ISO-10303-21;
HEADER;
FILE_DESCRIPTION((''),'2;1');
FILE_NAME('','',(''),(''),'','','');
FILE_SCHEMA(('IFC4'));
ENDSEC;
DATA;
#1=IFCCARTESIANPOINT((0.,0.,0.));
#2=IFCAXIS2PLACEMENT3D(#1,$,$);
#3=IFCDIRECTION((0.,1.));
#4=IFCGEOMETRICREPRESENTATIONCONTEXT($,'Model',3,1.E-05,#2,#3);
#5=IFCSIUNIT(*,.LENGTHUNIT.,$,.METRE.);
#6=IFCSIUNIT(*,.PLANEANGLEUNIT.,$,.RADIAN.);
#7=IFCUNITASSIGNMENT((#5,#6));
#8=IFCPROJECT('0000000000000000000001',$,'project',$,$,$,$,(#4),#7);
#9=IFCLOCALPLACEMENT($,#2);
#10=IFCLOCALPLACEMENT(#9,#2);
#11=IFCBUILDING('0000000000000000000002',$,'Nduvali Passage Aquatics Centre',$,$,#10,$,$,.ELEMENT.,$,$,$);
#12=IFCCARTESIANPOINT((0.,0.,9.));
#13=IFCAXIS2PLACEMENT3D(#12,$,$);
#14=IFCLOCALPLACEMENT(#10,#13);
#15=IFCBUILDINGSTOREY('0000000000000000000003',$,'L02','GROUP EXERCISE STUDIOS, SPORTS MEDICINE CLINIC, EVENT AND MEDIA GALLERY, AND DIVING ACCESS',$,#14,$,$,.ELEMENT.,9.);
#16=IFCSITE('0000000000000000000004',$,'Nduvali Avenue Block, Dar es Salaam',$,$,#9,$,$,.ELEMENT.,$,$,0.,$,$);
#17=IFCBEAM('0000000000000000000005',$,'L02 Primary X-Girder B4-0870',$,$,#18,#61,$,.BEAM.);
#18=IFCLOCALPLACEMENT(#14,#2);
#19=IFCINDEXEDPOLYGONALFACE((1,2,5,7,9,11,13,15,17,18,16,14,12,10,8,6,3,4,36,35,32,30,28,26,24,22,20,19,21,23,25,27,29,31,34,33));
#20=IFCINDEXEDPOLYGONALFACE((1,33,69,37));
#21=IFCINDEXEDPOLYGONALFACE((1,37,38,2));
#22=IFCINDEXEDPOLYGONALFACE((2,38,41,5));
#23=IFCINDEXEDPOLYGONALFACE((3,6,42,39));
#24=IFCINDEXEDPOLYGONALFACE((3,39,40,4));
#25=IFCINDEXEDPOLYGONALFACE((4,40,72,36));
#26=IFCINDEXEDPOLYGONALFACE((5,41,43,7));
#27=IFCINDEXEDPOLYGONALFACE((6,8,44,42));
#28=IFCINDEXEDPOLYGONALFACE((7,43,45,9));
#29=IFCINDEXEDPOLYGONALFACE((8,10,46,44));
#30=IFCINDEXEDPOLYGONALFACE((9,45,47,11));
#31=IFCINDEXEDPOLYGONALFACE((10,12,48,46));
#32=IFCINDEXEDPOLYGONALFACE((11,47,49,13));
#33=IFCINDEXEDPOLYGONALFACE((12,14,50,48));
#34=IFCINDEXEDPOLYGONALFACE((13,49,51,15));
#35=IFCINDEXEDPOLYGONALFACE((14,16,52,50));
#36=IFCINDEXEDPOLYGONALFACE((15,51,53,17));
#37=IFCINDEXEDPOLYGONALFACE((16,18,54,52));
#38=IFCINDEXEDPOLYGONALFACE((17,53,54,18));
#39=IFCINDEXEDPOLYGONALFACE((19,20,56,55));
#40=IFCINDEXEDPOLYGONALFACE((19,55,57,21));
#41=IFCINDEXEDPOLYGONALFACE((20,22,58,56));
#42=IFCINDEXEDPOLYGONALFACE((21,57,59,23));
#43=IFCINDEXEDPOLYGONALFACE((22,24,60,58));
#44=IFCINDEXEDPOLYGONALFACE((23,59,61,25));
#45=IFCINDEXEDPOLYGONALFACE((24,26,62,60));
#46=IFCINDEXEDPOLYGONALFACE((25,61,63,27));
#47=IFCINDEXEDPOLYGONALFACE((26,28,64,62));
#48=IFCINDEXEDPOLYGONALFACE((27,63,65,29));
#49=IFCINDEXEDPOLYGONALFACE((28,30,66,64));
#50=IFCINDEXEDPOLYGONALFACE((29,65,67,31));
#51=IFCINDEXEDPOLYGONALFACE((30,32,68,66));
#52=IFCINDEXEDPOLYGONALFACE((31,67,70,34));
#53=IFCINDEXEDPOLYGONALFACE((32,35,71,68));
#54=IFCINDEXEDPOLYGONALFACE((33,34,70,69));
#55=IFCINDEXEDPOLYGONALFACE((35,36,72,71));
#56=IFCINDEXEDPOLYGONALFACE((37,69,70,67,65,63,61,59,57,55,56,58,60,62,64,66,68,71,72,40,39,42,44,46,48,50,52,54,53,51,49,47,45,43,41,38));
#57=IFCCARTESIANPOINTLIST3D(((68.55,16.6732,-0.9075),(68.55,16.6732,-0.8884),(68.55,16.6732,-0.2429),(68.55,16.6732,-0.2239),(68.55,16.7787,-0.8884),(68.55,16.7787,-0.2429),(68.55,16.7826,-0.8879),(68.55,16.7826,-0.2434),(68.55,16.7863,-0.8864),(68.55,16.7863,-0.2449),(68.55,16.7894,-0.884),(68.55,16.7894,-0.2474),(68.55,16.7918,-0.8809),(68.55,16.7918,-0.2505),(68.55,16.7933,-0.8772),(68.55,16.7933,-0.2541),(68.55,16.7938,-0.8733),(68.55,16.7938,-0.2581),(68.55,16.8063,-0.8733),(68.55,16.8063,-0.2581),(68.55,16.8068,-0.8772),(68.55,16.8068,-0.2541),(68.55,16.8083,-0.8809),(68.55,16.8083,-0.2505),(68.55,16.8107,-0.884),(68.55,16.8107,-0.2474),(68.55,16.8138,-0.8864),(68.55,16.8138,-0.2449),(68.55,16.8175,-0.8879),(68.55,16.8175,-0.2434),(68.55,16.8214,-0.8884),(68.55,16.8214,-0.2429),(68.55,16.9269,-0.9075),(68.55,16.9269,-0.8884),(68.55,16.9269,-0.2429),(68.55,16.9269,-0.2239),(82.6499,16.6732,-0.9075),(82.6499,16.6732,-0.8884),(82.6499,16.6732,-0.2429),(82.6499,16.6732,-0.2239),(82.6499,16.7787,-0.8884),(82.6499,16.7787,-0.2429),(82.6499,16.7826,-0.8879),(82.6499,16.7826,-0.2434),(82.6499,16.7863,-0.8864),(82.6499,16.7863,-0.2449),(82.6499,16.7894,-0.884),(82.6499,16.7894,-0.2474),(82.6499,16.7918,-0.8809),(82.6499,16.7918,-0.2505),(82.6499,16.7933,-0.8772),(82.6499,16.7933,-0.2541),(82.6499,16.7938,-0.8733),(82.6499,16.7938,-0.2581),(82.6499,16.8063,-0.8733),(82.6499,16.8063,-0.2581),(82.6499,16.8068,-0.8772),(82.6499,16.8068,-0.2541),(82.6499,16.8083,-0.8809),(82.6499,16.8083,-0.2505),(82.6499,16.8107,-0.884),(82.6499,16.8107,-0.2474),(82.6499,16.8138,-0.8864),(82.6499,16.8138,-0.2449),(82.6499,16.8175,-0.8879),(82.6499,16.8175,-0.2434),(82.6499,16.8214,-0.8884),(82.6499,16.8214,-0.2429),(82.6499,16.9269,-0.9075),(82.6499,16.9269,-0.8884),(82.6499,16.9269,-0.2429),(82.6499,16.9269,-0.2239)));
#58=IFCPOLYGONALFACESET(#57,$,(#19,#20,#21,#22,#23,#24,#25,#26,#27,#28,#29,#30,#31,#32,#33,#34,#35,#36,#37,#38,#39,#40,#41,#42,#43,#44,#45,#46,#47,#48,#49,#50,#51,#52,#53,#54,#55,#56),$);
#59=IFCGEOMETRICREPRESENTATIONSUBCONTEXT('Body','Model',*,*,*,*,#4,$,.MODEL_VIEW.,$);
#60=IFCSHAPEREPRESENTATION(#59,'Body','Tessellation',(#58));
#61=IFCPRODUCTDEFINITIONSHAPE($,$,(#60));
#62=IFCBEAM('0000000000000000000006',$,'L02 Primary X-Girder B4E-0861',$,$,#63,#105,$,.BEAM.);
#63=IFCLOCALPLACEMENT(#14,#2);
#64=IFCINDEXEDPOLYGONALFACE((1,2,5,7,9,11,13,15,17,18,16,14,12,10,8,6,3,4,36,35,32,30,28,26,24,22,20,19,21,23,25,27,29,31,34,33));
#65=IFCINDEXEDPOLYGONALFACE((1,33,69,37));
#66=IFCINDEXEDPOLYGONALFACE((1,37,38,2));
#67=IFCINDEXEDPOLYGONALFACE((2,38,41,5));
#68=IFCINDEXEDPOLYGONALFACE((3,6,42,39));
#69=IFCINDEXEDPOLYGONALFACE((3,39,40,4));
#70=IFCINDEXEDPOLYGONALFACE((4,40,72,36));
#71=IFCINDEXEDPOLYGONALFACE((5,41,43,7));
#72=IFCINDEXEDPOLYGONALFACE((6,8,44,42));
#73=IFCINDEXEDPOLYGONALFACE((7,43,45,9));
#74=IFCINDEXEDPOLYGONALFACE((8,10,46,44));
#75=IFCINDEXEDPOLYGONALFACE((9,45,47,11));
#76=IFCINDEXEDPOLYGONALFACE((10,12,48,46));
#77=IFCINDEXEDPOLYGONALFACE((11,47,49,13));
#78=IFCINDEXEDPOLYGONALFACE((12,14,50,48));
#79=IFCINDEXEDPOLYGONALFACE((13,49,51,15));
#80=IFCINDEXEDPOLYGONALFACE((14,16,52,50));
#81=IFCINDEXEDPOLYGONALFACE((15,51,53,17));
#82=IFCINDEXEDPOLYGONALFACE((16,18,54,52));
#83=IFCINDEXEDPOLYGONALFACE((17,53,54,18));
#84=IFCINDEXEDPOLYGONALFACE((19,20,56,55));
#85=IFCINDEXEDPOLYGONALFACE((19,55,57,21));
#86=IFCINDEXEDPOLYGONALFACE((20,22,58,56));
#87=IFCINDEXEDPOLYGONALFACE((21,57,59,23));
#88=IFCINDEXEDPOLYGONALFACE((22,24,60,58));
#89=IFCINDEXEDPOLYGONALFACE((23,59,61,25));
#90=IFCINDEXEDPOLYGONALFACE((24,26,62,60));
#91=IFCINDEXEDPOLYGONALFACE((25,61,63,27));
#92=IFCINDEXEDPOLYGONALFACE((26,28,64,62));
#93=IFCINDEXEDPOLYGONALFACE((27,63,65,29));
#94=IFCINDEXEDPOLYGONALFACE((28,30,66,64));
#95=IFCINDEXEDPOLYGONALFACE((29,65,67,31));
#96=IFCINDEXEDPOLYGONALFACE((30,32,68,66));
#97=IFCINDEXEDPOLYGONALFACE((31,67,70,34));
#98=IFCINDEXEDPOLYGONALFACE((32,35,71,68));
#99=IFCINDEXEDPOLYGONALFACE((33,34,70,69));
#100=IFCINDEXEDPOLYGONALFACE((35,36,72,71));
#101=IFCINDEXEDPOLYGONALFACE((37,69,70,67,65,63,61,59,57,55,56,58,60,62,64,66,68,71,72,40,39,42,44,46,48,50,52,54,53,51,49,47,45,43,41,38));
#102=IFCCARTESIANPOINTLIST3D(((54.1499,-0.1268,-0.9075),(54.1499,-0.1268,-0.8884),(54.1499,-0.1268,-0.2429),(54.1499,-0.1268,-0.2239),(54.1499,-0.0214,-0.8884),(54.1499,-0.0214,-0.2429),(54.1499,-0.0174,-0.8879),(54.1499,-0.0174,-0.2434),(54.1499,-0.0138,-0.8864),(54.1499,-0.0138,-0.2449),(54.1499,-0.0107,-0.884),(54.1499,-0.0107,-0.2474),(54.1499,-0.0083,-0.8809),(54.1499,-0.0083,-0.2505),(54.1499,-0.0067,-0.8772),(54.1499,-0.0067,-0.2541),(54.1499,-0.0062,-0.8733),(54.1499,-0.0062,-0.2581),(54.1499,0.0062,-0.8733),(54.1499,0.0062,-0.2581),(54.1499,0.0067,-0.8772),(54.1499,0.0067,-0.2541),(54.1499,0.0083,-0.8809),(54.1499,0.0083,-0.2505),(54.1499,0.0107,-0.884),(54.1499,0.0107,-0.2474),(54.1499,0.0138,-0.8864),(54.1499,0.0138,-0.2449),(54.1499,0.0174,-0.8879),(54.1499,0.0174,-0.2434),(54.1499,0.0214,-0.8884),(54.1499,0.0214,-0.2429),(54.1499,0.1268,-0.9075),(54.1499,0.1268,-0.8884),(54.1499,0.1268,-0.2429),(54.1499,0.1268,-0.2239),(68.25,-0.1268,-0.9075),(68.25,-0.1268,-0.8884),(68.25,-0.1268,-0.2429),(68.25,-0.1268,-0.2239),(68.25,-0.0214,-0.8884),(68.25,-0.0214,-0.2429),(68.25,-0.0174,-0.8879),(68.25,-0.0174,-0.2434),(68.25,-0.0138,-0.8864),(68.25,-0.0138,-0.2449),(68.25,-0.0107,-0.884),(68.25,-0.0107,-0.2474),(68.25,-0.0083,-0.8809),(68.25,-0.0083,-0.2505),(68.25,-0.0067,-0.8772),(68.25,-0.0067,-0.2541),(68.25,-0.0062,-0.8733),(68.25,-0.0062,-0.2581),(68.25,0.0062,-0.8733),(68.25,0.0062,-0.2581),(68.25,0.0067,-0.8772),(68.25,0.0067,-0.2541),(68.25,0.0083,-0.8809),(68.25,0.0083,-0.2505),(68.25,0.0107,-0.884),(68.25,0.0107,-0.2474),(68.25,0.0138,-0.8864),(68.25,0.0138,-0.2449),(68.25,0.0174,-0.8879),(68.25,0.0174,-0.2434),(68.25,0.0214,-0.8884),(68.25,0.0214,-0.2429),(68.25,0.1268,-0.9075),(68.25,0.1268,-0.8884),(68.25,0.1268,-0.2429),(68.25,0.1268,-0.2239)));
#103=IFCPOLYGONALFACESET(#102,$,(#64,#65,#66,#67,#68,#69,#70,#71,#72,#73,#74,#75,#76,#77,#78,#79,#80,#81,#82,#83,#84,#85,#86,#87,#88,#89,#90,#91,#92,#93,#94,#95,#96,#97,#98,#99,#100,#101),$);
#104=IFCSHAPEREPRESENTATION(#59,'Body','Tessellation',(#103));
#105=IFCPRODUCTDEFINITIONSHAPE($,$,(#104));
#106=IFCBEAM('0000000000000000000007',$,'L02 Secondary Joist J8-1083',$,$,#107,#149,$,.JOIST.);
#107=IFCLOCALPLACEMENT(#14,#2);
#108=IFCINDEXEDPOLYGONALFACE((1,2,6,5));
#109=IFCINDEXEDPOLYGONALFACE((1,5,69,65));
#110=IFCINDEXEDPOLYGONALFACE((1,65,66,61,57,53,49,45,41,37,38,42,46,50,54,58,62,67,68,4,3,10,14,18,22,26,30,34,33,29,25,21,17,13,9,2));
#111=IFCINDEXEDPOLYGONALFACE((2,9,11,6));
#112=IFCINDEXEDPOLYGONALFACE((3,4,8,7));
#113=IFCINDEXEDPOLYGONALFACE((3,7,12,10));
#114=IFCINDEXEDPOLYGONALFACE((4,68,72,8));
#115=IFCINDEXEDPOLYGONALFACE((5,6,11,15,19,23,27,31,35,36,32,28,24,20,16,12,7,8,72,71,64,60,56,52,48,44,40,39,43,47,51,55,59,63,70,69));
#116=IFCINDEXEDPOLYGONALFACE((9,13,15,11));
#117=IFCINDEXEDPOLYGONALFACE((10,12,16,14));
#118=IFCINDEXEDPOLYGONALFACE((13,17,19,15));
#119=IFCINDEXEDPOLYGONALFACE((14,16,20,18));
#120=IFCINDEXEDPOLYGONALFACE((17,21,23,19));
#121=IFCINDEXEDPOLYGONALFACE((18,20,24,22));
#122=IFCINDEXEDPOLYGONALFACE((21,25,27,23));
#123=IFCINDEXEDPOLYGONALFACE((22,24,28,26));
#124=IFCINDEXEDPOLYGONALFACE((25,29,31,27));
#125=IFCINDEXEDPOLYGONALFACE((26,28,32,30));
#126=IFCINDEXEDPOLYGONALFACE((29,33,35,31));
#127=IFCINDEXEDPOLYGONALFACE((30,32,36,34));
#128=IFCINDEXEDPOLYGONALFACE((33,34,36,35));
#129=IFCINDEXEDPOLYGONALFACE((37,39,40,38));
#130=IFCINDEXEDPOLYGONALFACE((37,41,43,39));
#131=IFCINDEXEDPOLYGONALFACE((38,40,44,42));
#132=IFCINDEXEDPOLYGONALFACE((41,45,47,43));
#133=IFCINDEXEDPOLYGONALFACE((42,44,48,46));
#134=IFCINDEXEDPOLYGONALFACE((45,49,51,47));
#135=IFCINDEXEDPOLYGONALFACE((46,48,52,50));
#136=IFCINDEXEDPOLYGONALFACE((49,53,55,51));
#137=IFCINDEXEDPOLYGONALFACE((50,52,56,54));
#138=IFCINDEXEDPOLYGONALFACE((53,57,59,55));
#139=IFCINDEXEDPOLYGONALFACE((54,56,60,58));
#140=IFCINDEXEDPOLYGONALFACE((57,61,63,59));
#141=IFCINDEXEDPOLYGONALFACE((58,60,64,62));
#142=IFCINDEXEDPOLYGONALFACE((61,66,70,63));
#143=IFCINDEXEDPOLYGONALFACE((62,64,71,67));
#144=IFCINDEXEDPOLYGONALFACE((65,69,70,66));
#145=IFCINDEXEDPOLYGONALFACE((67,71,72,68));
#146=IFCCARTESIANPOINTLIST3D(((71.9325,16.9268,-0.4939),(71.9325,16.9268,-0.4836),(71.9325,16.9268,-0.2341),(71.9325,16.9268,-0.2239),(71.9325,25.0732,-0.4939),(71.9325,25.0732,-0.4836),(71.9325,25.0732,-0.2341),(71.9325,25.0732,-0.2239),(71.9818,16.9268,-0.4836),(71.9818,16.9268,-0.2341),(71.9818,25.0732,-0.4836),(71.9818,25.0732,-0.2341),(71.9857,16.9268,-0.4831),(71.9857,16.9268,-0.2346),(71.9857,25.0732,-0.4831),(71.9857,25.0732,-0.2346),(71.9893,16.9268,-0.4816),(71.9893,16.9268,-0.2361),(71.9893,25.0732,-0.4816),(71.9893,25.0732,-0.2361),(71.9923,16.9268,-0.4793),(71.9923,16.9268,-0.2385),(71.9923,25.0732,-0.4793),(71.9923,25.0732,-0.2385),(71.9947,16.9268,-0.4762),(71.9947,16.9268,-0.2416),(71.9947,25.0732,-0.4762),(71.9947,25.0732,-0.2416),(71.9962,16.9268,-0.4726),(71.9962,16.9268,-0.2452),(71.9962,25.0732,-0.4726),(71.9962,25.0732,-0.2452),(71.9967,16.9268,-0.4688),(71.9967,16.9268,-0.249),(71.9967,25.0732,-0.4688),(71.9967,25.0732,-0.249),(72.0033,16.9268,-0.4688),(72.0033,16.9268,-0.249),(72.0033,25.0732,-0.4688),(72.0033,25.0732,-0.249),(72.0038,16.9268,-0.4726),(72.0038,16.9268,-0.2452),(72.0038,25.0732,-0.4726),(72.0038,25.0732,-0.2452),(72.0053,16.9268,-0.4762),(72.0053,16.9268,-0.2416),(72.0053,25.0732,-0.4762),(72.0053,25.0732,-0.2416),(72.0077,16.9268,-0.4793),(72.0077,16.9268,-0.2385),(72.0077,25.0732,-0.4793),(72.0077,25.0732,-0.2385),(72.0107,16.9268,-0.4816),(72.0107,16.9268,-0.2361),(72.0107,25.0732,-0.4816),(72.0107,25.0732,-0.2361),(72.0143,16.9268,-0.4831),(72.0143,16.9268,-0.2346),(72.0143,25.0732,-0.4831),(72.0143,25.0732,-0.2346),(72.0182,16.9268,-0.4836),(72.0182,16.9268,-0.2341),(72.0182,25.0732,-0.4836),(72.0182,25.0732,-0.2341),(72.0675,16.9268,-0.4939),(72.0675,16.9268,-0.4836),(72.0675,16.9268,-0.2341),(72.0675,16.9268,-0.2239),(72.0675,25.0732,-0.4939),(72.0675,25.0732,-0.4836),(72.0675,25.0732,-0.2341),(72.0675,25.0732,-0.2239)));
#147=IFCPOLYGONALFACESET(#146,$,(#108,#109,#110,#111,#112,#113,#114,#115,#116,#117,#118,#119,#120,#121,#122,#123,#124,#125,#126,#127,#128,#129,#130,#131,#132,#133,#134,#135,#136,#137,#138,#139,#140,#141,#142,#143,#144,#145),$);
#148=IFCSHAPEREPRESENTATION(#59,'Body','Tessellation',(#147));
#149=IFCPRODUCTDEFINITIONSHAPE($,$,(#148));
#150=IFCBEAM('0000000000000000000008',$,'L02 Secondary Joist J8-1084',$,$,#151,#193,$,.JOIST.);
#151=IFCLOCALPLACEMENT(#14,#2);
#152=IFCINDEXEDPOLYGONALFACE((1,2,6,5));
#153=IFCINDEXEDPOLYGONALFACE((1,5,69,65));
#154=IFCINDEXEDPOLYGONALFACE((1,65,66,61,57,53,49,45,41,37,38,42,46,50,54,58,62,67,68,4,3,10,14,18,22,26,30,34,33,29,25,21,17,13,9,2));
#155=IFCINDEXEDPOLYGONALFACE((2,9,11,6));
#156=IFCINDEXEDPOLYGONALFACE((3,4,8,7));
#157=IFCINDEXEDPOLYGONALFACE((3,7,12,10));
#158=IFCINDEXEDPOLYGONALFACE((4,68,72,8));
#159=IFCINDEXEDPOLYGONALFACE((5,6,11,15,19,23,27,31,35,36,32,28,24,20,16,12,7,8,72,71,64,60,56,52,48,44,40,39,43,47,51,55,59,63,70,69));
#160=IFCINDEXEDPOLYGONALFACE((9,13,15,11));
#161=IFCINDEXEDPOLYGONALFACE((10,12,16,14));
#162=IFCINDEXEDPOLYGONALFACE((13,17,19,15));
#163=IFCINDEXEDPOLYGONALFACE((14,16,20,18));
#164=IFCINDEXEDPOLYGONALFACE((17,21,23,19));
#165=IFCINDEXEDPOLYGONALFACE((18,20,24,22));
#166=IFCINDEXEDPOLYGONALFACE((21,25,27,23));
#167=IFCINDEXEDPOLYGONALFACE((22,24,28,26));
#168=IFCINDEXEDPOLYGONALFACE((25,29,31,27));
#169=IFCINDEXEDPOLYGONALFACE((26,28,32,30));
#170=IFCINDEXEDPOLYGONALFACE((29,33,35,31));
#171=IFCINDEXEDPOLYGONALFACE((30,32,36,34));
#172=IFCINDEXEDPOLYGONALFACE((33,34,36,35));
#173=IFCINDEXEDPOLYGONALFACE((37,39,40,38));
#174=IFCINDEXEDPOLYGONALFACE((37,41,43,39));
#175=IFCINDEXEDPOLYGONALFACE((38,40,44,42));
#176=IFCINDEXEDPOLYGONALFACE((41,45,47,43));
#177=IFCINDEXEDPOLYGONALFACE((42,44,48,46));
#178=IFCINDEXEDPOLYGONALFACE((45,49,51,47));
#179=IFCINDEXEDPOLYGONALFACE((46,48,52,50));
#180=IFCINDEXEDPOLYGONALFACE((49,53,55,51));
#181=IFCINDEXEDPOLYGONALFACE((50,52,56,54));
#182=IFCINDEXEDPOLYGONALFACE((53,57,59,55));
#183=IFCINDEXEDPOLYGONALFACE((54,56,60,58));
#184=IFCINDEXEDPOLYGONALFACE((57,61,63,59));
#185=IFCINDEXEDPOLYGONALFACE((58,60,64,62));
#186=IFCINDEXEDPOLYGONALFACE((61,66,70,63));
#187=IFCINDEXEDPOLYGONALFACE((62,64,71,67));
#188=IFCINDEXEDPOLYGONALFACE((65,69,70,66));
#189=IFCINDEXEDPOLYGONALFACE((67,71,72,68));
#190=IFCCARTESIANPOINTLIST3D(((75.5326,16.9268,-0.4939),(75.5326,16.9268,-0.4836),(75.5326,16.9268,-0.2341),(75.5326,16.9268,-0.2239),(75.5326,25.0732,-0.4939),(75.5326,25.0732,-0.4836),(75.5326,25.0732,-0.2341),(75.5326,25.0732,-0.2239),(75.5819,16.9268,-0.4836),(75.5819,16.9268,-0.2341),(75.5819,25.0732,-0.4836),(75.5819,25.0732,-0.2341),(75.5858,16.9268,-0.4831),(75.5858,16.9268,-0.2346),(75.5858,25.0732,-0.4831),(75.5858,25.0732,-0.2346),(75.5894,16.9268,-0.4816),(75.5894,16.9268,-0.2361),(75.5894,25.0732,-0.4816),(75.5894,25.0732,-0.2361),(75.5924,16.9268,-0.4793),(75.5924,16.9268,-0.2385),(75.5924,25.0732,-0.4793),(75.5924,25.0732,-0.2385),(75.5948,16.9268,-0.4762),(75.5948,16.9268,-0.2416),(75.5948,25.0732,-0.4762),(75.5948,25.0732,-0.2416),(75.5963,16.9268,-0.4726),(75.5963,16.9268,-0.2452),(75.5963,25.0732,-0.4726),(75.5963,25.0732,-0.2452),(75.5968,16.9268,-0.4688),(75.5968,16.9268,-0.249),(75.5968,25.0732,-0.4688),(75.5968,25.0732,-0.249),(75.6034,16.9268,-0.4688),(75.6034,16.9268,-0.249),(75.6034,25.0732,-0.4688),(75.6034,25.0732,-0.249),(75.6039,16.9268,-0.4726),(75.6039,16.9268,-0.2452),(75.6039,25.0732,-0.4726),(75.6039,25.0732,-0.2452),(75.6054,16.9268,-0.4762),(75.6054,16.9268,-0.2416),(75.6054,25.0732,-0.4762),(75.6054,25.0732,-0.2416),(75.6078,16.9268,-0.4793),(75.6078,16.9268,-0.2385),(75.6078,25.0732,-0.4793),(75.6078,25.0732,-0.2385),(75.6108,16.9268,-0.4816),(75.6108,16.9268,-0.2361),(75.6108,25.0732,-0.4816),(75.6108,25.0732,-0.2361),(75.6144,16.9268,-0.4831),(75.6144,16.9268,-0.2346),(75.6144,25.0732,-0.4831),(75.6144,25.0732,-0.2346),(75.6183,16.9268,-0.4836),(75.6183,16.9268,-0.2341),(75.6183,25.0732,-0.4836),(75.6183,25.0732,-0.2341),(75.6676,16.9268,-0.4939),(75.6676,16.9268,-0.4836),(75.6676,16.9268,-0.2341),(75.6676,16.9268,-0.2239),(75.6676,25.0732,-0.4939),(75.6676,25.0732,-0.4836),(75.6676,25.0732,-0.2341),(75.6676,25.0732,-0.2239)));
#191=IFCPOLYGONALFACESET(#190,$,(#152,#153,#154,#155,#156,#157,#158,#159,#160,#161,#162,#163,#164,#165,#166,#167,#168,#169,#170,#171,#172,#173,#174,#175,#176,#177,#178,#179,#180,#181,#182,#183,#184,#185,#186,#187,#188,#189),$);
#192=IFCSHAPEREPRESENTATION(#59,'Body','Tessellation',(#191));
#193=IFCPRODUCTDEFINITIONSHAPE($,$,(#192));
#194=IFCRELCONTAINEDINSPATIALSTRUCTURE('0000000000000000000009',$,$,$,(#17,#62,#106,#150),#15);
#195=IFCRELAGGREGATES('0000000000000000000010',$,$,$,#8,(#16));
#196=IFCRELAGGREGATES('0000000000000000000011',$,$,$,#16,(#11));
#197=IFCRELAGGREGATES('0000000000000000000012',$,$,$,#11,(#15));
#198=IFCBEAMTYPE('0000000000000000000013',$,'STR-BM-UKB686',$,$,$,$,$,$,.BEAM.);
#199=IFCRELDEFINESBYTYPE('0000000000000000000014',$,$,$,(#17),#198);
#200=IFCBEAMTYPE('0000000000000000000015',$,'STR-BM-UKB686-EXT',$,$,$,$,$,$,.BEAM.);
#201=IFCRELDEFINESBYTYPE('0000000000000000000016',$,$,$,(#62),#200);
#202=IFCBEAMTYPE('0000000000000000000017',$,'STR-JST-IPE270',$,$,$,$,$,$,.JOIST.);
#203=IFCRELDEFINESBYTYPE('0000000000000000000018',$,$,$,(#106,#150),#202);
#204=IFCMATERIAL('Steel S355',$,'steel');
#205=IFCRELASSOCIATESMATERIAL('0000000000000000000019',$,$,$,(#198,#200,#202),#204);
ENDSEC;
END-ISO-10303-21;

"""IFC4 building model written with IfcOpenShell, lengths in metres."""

from ifc_helpers import new_model, si_unit, direction, frame, origin, origin_2d, place, context, subcontext, project, spatial, i_section, extrude, material, material_profile, profile_set, type_object, element, save


model = new_model("IFC4")

# Units and contexts
model_context = context("Model", 3, precision=1e-05, world=origin(), true_north=direction((0.0, 1.0)))
body_context = subcontext(model_context, "Body", "Model", "MODEL_VIEW")
ifc_project = project(units=[si_unit("LENGTHUNIT", "METRE"), si_unit("PLANEANGLEUNIT", "RADIAN")], contexts=[model_context])

# Site, building, storey
site_placement = place(None, origin())
site = spatial("IfcSite", under=ifc_project, at=site_placement, Name="Nduvali Avenue Block, Dar es Salaam", CompositionType="ELEMENT", RefElevation=0.0)
building_placement = place(site_placement, origin())
building = spatial("IfcBuilding", under=site, at=building_placement, Name="Nduvali Passage Aquatics Centre", CompositionType="ELEMENT")
storey_placement = place(building_placement, frame((0.0, 0.0, 9.0)))
storey = spatial("IfcBuildingStorey", under=building, at=storey_placement, Name="L02", Description="GROUP EXERCISE STUDIOS, SPORTS MEDICINE CLINIC, EVENT AND MEDIA GALLERY, AND DIVING ACCESS", CompositionType="ELEMENT", Elevation=9.0)

# Beams
ifc_material = material(Name="Steel S355", Category="steel")
ifc_material_profile_1 = material_profile(ifc_material, i_section(OverallWidth=0.2537, OverallDepth=0.6836, WebThickness=0.0125, FlangeThickness=0.019, FilletRadius=0.0151, at=origin_2d()), Name="UKB 686x254x140")
ifc_profile_set_1 = profile_set([ifc_material_profile_1], Name="Steel S355")
beam_type_1 = type_object("IfcBeamType", Name="STR-BM-UKB686", PredefinedType="BEAM", material=ifc_profile_set_1)
beam_1_placement = place(storey_placement, frame((68.55, 16.8, -0.5657), z_axis=(1.0, 0.0, 0.0), x_axis=(0.0, 1.0, 0.0)))
element("IfcBeam", 1, at=beam_1_placement, inside=storey, type_object=beam_type_1, Name="L02 Primary X-Girder B4-0870", PredefinedType="BEAM", context=body_context, shape_type="SweptSolid", body=[
    extrude(i_section(OverallWidth=0.2537, OverallDepth=0.6836, WebThickness=0.0125, FlangeThickness=0.019, FilletRadius=0.0151, at=origin_2d()), origin(), (0.0, 0.0, 1.0), 14.0999),
])
ifc_material_profile_2 = material_profile(ifc_material, i_section(OverallWidth=0.2537, OverallDepth=0.6836, WebThickness=0.0125, FlangeThickness=0.019, FilletRadius=0.0151, at=origin_2d()), Name="UKB 686x254x140")
ifc_profile_set_2 = profile_set([ifc_material_profile_2], Name="Steel S355")
beam_type_2 = type_object("IfcBeamType", Name="STR-BM-UKB686-EXT", PredefinedType="BEAM", material=ifc_profile_set_2)
beam_2_placement = place(storey_placement, frame((54.1499, 0.0, -0.5657), z_axis=(1.0, 0.0, 0.0), x_axis=(0.0, 1.0, 0.0)))
element("IfcBeam", 2, at=beam_2_placement, inside=storey, type_object=beam_type_2, Name="L02 Primary X-Girder B4E-0861", PredefinedType="BEAM", context=body_context, shape_type="SweptSolid", body=[
    extrude(i_section(OverallWidth=0.2537, OverallDepth=0.6836, WebThickness=0.0125, FlangeThickness=0.019, FilletRadius=0.0151, at=origin_2d()), origin(), (0.0, 0.0, 1.0), 14.1001),
])
ifc_material_profile_3 = material_profile(ifc_material, i_section(OverallWidth=0.135, OverallDepth=0.27, WebThickness=0.0066, FlangeThickness=0.0103, FilletRadius=0.0149, at=origin_2d()), Name="IPE 270")
ifc_profile_set_3 = profile_set([ifc_material_profile_3], Name="Steel S355")
beam_type_3 = type_object("IfcBeamType", Name="STR-JST-IPE270", PredefinedType="JOIST", material=ifc_profile_set_3)
for number, where, z_axis, x_axis, name in (
    (3, (72.0, 16.9268, -0.3589), (0.0, 1.0, 0.0), (-1.0, 0.0, 0.0), "L02 Secondary Joist J8-1083"),
    (4, (75.6001, 16.9268, -0.3589), (0.0, 1.0, 0.0), (-1.0, 0.0, 0.0), "L02 Secondary Joist J8-1084"),
):
    element("IfcBeam", number, at=place(storey_placement, frame(where, z_axis=z_axis, x_axis=x_axis)), inside=storey, type_object=beam_type_3, Name=name, PredefinedType="JOIST", context=body_context, shape_type="SweptSolid", body=[
        extrude(i_section(OverallWidth=0.135, OverallDepth=0.27, WebThickness=0.0066, FlangeThickness=0.0103, FilletRadius=0.0149, at=origin_2d()), origin(), (0.0, 0.0, 1.0), 8.1465),
    ])

save(model, "model.ifc")
